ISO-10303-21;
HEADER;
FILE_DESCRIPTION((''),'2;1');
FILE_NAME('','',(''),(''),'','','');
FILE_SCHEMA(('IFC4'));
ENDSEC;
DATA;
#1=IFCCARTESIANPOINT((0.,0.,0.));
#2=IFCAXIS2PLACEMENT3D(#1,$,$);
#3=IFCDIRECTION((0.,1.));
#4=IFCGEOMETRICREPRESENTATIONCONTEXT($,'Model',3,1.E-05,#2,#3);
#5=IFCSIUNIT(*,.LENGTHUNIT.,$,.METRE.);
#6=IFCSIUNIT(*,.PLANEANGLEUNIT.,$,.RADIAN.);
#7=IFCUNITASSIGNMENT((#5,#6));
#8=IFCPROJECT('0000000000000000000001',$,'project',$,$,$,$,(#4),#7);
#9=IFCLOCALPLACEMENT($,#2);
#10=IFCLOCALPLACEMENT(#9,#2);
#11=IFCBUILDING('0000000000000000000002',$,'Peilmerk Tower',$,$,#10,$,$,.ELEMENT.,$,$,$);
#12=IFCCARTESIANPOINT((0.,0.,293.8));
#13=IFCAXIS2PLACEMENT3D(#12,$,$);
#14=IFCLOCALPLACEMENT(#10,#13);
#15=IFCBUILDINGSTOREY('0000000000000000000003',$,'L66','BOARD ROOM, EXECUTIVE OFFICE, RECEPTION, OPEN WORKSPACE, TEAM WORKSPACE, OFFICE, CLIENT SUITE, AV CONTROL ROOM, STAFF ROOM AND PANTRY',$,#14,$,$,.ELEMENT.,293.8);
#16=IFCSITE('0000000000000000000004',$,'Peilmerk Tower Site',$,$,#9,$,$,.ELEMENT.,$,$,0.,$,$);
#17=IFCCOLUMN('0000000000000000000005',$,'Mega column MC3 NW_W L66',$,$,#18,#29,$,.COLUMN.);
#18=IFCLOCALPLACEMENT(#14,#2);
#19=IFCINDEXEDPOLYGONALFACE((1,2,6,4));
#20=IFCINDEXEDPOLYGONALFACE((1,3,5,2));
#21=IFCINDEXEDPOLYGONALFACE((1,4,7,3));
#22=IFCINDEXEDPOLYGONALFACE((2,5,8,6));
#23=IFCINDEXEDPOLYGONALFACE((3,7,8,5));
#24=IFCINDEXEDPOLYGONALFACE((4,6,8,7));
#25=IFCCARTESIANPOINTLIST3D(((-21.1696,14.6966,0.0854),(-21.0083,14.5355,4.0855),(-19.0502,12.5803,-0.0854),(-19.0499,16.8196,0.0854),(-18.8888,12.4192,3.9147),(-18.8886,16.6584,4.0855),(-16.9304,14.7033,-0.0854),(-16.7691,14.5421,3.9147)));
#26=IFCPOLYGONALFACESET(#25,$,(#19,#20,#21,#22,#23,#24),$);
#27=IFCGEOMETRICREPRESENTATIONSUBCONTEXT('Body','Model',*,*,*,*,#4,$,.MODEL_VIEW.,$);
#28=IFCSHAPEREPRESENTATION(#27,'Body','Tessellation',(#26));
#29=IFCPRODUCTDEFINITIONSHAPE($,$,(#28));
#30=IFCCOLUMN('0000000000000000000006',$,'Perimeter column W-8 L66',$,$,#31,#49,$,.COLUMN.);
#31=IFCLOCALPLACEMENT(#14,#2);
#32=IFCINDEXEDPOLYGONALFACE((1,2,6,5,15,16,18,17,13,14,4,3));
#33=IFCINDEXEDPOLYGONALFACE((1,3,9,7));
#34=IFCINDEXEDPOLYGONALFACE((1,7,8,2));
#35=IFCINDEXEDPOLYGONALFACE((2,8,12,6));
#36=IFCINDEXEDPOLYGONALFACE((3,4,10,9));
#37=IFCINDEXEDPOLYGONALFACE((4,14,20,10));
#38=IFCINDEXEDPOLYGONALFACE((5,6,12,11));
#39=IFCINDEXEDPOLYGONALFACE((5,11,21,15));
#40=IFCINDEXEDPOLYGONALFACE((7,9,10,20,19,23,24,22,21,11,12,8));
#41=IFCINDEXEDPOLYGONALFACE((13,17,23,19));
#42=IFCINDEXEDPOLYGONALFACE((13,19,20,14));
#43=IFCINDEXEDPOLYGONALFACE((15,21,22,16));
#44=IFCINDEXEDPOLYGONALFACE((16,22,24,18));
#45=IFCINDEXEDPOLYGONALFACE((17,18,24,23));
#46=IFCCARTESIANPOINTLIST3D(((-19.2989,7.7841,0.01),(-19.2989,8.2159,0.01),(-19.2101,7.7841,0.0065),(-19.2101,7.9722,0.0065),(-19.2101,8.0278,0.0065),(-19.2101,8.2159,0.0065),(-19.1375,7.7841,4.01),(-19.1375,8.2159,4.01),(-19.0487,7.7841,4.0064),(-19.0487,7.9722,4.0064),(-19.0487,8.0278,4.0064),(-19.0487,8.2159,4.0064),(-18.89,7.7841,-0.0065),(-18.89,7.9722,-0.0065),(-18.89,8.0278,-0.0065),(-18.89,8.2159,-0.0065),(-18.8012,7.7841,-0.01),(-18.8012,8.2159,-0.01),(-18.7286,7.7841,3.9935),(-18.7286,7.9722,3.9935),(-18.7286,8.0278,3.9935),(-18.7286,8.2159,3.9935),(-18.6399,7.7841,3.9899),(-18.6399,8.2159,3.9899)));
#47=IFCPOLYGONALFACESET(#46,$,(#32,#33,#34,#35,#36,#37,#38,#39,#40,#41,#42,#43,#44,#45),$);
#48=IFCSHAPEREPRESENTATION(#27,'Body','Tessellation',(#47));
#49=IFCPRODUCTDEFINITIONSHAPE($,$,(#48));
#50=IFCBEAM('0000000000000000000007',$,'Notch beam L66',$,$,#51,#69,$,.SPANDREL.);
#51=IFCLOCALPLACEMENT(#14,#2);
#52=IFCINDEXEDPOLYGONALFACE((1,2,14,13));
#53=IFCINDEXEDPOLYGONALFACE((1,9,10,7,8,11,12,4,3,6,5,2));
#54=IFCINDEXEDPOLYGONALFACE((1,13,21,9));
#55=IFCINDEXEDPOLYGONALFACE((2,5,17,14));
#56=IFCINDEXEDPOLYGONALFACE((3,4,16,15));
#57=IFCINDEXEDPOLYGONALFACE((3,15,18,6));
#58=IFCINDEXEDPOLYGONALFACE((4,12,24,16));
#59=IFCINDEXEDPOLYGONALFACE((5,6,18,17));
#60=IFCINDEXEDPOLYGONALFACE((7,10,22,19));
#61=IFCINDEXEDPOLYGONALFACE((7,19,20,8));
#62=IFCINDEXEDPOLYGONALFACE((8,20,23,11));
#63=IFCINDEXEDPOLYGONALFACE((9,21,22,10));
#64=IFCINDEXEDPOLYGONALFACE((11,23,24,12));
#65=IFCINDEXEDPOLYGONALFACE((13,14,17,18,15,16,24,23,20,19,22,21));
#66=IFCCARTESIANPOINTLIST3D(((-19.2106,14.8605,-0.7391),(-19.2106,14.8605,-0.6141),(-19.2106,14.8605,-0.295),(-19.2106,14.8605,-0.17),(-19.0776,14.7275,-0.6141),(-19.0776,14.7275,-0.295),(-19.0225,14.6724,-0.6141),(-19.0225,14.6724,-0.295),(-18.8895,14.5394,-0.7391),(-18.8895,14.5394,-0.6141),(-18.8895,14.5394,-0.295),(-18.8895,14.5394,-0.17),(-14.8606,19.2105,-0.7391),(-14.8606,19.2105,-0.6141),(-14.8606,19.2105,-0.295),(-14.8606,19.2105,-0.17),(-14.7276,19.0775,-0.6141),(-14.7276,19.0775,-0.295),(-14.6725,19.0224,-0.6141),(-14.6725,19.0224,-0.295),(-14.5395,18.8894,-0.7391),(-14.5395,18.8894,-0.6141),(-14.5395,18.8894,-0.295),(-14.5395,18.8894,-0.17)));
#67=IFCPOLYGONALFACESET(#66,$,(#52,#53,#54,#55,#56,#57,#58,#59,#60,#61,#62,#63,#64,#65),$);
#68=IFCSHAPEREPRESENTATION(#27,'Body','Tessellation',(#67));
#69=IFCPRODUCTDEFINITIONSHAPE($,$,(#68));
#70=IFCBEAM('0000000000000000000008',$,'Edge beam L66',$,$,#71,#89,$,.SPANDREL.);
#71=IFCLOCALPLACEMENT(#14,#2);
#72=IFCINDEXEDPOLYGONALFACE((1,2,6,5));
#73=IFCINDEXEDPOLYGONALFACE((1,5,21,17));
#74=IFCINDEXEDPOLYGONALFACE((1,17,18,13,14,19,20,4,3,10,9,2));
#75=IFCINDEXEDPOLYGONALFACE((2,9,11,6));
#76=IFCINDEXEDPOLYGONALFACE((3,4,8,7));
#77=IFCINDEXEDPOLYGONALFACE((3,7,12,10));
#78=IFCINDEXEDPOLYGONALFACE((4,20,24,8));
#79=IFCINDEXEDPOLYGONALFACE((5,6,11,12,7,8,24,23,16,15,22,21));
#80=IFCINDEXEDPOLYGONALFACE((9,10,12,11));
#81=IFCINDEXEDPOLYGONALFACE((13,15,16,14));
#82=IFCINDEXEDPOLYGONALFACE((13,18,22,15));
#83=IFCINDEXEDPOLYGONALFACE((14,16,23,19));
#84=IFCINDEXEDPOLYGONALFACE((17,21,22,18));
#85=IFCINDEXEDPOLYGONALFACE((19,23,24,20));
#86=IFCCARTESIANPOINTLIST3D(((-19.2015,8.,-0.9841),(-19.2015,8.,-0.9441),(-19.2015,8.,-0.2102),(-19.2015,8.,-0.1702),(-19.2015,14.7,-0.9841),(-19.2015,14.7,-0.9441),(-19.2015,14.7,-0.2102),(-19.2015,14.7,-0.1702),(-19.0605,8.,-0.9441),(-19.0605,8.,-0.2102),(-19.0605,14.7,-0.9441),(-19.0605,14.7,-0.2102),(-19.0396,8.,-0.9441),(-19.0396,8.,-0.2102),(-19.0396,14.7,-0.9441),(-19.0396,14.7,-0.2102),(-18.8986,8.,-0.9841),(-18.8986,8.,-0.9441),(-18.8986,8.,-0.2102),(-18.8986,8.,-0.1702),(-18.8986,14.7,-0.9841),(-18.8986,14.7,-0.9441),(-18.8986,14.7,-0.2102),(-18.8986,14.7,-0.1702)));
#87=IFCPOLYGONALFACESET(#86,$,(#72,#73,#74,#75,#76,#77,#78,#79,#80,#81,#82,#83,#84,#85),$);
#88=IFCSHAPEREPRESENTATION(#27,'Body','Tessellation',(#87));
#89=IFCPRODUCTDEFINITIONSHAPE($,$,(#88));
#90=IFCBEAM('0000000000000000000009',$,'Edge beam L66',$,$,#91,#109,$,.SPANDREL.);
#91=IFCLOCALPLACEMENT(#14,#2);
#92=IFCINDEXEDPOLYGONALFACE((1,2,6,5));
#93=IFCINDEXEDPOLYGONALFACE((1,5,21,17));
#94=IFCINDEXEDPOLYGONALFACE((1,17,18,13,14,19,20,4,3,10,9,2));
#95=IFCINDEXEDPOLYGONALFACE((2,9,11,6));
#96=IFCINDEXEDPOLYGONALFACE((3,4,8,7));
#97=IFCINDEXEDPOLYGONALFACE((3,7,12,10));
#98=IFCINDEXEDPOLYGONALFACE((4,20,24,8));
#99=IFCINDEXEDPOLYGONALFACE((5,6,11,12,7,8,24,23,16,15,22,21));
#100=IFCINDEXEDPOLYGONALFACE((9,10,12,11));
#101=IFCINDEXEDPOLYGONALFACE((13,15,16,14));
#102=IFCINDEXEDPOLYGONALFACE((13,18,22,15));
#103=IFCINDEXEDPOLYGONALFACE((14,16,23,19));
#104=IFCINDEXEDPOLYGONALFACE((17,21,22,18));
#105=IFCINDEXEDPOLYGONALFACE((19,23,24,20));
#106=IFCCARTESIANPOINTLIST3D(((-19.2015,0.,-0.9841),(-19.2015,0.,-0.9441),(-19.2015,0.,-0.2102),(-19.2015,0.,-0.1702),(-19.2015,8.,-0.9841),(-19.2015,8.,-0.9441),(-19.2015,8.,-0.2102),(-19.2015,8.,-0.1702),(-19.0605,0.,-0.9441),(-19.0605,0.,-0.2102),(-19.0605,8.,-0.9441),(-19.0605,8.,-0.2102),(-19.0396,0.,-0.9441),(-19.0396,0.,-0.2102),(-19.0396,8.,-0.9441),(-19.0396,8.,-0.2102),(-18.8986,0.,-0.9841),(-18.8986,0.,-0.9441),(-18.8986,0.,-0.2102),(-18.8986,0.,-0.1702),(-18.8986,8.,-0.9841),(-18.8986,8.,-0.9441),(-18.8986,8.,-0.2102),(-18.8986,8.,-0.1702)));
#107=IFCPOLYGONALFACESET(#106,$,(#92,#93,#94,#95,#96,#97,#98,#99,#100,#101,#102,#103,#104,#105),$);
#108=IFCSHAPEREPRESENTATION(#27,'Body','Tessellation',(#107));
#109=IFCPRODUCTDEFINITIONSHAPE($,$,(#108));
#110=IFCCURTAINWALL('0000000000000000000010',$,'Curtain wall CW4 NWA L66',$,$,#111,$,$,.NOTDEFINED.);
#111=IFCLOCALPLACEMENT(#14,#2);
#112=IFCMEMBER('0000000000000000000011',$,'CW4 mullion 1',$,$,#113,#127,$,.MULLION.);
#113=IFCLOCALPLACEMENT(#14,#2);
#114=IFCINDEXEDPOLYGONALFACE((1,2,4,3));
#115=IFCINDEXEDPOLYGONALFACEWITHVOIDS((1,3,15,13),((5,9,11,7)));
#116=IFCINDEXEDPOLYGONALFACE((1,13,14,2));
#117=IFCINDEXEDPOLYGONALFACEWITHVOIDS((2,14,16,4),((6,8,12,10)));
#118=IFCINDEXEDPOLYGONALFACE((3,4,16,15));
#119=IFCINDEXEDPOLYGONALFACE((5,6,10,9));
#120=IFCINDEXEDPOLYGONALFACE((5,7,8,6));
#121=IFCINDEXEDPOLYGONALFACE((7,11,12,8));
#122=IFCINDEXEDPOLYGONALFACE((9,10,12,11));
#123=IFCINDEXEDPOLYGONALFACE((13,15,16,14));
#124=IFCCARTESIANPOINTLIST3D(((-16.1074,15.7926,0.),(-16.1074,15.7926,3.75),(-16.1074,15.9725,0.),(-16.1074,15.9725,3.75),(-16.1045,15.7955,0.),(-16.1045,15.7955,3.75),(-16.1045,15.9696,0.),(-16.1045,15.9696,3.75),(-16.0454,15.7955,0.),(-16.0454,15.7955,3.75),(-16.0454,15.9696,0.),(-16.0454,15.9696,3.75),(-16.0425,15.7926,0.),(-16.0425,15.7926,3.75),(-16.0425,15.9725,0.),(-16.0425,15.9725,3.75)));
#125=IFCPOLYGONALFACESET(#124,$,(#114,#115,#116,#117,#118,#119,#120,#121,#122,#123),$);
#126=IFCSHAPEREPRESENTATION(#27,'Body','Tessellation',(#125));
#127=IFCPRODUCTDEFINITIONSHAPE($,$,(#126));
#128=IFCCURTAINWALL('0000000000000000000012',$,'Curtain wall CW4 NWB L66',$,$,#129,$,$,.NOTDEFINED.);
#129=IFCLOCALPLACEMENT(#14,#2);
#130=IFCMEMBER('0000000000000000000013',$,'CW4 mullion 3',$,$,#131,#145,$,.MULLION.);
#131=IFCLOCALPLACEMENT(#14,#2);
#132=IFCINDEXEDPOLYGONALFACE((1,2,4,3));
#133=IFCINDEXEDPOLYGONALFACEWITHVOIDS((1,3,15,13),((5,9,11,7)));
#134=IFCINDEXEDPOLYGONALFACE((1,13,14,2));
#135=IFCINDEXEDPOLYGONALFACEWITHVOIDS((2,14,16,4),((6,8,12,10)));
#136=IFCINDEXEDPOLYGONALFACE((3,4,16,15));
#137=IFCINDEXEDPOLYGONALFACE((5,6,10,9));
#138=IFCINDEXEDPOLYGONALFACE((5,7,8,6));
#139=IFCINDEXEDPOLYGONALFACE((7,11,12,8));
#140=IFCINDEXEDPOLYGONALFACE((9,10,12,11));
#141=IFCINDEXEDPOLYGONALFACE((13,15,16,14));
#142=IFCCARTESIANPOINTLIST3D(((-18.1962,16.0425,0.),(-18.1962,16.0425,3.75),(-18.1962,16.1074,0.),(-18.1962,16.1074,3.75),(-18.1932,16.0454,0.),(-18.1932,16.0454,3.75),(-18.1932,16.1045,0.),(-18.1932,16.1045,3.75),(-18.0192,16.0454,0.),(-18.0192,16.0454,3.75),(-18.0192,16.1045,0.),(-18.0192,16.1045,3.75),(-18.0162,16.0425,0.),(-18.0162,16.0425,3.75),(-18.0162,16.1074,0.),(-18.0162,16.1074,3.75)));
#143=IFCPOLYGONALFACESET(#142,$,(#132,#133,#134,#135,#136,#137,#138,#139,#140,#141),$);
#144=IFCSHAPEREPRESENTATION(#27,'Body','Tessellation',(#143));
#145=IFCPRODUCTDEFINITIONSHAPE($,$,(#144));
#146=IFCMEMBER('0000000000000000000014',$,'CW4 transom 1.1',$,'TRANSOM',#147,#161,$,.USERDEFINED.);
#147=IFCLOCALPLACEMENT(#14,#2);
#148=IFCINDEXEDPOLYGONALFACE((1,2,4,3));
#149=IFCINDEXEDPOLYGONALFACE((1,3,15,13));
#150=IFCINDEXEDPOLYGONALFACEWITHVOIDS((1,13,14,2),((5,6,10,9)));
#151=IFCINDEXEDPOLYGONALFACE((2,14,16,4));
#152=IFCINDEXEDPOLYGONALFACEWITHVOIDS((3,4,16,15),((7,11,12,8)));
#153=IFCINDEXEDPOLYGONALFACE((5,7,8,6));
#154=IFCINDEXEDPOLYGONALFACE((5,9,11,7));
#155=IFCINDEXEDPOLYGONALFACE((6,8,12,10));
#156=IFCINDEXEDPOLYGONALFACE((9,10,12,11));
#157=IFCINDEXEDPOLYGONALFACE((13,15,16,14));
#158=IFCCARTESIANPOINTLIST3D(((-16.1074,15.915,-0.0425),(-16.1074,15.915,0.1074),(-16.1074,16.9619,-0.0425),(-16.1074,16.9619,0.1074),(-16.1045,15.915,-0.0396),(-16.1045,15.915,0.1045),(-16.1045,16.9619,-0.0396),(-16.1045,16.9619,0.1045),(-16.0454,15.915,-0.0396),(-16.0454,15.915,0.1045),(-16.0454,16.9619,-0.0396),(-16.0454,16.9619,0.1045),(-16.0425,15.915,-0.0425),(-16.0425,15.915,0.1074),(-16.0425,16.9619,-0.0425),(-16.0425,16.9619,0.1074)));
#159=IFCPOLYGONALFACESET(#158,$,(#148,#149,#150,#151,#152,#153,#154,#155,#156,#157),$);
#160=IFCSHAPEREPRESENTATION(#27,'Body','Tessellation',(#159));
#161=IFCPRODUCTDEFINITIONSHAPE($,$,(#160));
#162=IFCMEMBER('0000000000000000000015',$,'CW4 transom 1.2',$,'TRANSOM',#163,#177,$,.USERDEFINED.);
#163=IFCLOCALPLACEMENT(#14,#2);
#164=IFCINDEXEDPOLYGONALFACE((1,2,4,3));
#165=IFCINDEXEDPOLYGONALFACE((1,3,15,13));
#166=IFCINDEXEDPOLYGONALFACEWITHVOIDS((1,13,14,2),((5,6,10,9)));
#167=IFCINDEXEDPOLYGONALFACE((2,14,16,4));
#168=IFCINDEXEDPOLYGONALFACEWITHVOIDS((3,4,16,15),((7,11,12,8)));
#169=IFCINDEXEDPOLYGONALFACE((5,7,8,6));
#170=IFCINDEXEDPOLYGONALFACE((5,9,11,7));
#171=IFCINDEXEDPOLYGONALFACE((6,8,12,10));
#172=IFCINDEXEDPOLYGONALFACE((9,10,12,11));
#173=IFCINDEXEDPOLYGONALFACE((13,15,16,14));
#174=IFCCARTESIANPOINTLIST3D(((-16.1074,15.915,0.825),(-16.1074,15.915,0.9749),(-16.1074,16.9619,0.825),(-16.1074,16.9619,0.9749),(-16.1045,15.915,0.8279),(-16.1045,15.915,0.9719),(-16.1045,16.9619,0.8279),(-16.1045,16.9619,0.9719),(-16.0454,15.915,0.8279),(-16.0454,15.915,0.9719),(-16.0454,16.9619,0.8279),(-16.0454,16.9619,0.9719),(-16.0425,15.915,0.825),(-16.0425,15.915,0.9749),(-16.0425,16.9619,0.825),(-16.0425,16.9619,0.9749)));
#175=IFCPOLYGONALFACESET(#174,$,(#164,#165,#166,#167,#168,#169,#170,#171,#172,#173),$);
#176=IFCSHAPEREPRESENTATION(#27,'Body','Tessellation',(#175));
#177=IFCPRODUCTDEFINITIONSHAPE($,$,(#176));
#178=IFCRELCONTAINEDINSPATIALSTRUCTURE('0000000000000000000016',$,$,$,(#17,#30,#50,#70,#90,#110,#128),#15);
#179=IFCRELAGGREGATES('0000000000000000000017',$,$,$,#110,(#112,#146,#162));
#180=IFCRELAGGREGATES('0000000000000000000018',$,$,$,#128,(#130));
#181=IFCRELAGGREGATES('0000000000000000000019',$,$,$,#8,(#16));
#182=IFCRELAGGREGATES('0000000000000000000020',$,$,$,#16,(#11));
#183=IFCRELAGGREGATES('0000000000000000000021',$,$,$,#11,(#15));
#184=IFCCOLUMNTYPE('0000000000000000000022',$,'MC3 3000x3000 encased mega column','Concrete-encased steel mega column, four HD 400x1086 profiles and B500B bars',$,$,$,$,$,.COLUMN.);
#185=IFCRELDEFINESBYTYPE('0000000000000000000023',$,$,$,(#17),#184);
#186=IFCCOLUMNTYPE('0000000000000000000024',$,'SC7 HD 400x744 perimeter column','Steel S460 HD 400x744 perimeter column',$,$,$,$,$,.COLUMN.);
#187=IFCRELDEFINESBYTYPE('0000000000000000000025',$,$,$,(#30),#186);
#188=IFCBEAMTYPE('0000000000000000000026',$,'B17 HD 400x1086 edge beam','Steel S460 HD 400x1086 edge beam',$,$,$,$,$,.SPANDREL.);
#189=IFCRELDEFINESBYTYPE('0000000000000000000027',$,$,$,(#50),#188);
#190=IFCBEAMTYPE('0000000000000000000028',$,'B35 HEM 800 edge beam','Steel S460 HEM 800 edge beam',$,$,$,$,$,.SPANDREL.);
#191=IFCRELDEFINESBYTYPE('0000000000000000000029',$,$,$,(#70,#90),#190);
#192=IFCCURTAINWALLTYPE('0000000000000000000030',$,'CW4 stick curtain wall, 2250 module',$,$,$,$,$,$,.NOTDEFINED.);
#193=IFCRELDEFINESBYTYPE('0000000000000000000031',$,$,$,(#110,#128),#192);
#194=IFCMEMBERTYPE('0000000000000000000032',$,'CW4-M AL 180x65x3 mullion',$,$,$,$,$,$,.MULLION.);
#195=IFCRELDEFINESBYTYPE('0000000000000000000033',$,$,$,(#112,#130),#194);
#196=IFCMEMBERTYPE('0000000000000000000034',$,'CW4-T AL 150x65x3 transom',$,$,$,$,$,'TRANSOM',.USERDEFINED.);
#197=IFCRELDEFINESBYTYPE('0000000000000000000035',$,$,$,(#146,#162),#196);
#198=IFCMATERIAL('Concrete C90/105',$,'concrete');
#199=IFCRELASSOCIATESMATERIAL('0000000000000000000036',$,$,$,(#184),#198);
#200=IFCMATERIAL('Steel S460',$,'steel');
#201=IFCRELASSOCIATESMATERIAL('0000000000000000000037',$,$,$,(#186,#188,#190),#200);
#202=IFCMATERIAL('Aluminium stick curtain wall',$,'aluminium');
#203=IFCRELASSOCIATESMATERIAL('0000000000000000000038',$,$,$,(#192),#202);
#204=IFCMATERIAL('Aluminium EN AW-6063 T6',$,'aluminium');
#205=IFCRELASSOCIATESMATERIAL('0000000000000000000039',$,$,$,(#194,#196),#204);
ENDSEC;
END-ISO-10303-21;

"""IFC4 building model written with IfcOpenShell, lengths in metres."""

from ifc_helpers import new_model, si_unit, direction, frame, origin, origin_2d, place, context, subcontext, project, spatial, rectangle, hollow_rectangle, i_section, extrude, material, material_profile, profile_set, type_object, element, aggregate, save


model = new_model("IFC4")

# Units and contexts
model_context = context("Model", 3, precision=1e-05, world=origin(), true_north=direction((0.0, 1.0)))
body_context = subcontext(model_context, "Body", "Model", "MODEL_VIEW")
ifc_project = project(units=[si_unit("LENGTHUNIT", "METRE"), si_unit("PLANEANGLEUNIT", "RADIAN")], contexts=[model_context])

# Site, building, storey
site_placement = place(None, origin())
site = spatial("IfcSite", under=ifc_project, at=site_placement, Name="Peilmerk Tower Site", CompositionType="ELEMENT", RefElevation=0.0)
building_placement = place(site_placement, origin())
building = spatial("IfcBuilding", under=site, at=building_placement, Name="Peilmerk Tower", CompositionType="ELEMENT")
storey_placement = place(building_placement, frame((0.0, 0.0, 293.8)))
storey = spatial("IfcBuildingStorey", under=building, at=storey_placement, Name="L66", Description="BOARD ROOM, EXECUTIVE OFFICE, RECEPTION, OPEN WORKSPACE, TEAM WORKSPACE, OFFICE, CLIENT SUITE, AV CONTROL ROOM, STAFF ROOM AND PANTRY", CompositionType="ELEMENT", Elevation=293.8)

# Columns
ifc_material_1 = material(Name="Concrete C90/105", Category="concrete")
ifc_material_profile_1 = material_profile(ifc_material_1, rectangle(XDim=3.0, YDim=3.0, at=origin_2d()), Name="RC 3000x3000")
ifc_profile_set_1 = profile_set([ifc_material_profile_1], Name="Concrete C90/105")
column_type_1 = type_object("IfcColumnType", Name="MC3 3000x3000 encased mega column", Description="Concrete-encased steel mega column, four HD 400x1086 profiles and B500B bars", PredefinedType="COLUMN", material=ifc_profile_set_1)
column_1_placement = place(storey_placement, frame((-19.05, 14.7, 0.0), z_axis=(0.040279, -0.040218, 0.998379), x_axis=(0.706571, 0.707642, 0.0)))
element("IfcColumn", 1, at=column_1_placement, inside=storey, type_object=column_type_1, Name="Mega column MC3 NW_W L66", PredefinedType="COLUMN", context=body_context, shape_type="SweptSolid", body=[
    extrude(rectangle(XDim=3.0, YDim=3.0, at=origin_2d()), origin(), (0.0, 0.0, 1.0), 4.0066),
])
ifc_material_2 = material(Name="Steel S460", Category="steel")
ifc_material_profile_2 = material_profile(ifc_material_2, i_section(OverallWidth=0.4319, OverallDepth=0.498, WebThickness=0.0557, FlangeThickness=0.0889, at=origin_2d()), Name="HD 400x744")
ifc_profile_set_2 = profile_set([ifc_material_profile_2], Name="Steel S460")
column_type_2 = type_object("IfcColumnType", Name="SC7 HD 400x744 perimeter column", Description="Steel S460 HD 400x744 perimeter column", PredefinedType="COLUMN", material=ifc_profile_set_2)
column_2_placement = place(storey_placement, frame((-19.05, 8.0, 0.0), z_axis=(0.040311, 0.0, 0.999187), x_axis=(0.0, 1.0, 0.0)))
element("IfcColumn", 2, at=column_2_placement, inside=storey, type_object=column_type_2, Name="Perimeter column W-8 L66", PredefinedType="COLUMN", context=body_context, shape_type="SweptSolid", body=[
    extrude(i_section(OverallWidth=0.4319, OverallDepth=0.498, WebThickness=0.0557, FlangeThickness=0.0889, at=origin_2d()), origin(), (0.0, 0.0, 1.0), 4.0032),
])

# Beams
ifc_material_profile_3 = material_profile(ifc_material_2, i_section(OverallWidth=0.4541, OverallDepth=0.5691, WebThickness=0.0779, FlangeThickness=0.125, at=origin_2d()), Name="HD 400x1086")
ifc_profile_set_3 = profile_set([ifc_material_profile_3], Name="Steel S460")
beam_type_1 = type_object("IfcBeamType", Name="B17 HD 400x1086 edge beam", Description="Steel S460 HD 400x1086 edge beam", PredefinedType="SPANDREL", material=ifc_profile_set_3)
beam_1_placement = place(storey_placement, frame((-19.05, 14.7, -0.4546), z_axis=(0.707107, 0.707107, 0.0), x_axis=(-0.707107, 0.707107, 0.0)))
element("IfcBeam", 3, at=beam_1_placement, inside=storey, type_object=beam_type_1, Name="Notch beam L66", PredefinedType="SPANDREL", context=body_context, shape_type="SweptSolid", body=[
    extrude(i_section(OverallWidth=0.4541, OverallDepth=0.5691, WebThickness=0.0779, FlangeThickness=0.125, at=origin_2d()), origin(), (0.0, 0.0, 1.0), 6.1519),
])
ifc_material_profile_4 = material_profile(ifc_material_2, i_section(OverallWidth=0.303, OverallDepth=0.814, WebThickness=0.021, FlangeThickness=0.04, at=origin_2d()), Name="HEM 800")
ifc_profile_set_4 = profile_set([ifc_material_profile_4], Name="Steel S460")
beam_type_2 = type_object("IfcBeamType", Name="B35 HEM 800 edge beam", Description="Steel S460 HEM 800 edge beam", PredefinedType="SPANDREL", material=ifc_profile_set_4)
beam_2_placement = place(storey_placement, frame((-19.05, 14.7, -0.5771), z_axis=(0.0, -1.0, 0.0), x_axis=(1.0, 0.0, 0.0)))
element("IfcBeam", 4, at=beam_2_placement, inside=storey, type_object=beam_type_2, Name="Edge beam L66", PredefinedType="SPANDREL", context=body_context, shape_type="SweptSolid", body=[
    extrude(i_section(OverallWidth=0.303, OverallDepth=0.814, WebThickness=0.021, FlangeThickness=0.04, at=origin_2d()), origin(), (0.0, 0.0, 1.0), 6.7),
])
beam_3_placement = place(storey_placement, frame((-19.05, 8.0, -0.5771), z_axis=(0.0, -1.0, 0.0), x_axis=(1.0, 0.0, 0.0)))
element("IfcBeam", 5, at=beam_3_placement, inside=storey, type_object=beam_type_2, Name="Edge beam L66", PredefinedType="SPANDREL", context=body_context, shape_type="SweptSolid", body=[
    extrude(i_section(OverallWidth=0.303, OverallDepth=0.814, WebThickness=0.021, FlangeThickness=0.04, at=origin_2d()), origin(), (0.0, 0.0, 1.0), 8.0),
])

# Curtain walls, members
ifc_material_3 = material(Name="Aluminium stick curtain wall", Category="aluminium")
curtain_wall_type = type_object("IfcCurtainWallType", Name="CW4 stick curtain wall, 2250 module", PredefinedType="NOTDEFINED", material=ifc_material_3)
curtain_wall_1_placement = place(storey_placement, origin())
curtain_wall_1 = element("IfcCurtainWall", 6, at=curtain_wall_1_placement, inside=storey, type_object=curtain_wall_type, Name="Curtain wall CW4 NWA L66", PredefinedType="NOTDEFINED")
ifc_material_4 = material(Name="Aluminium EN AW-6063 T6", Category="aluminium")
ifc_material_profile_5 = material_profile(ifc_material_4, hollow_rectangle(XDim=0.0649, YDim=0.1799, WallThickness=0.0029, at=origin_2d()), Name="AL 180x65x3")
ifc_profile_set_5 = profile_set([ifc_material_profile_5], Name="Aluminium EN AW-6063 T6")
member_type_1 = type_object("IfcMemberType", Name="CW4-M AL 180x65x3 mullion", PredefinedType="MULLION", material=ifc_profile_set_5)
member_1_placement = place(storey_placement, frame((-16.075, 15.8826, 0.0), z_axis=(0.0, 0.0, 1.0), x_axis=(-1.0, 0.0, 0.0)))
member_1 = element("IfcMember", 7, at=member_1_placement, type_object=member_type_1, Name="CW4 mullion 1", PredefinedType="MULLION", context=body_context, shape_type="SweptSolid", body=[
    extrude(hollow_rectangle(XDim=0.0649, YDim=0.1799, WallThickness=0.0029, at=origin_2d()), origin(), (0.0, 0.0, 1.0), 3.75),
])
curtain_wall_2_placement = place(storey_placement, origin())
curtain_wall_2 = element("IfcCurtainWall", 8, at=curtain_wall_2_placement, inside=storey, type_object=curtain_wall_type, Name="Curtain wall CW4 NWB L66", PredefinedType="NOTDEFINED")
member_2_placement = place(storey_placement, frame((-18.1062, 16.075, 0.0), z_axis=(0.0, 0.0, 1.0), x_axis=(0.0, -1.0, 0.0)))
member_2 = element("IfcMember", 9, at=member_2_placement, type_object=member_type_1, Name="CW4 mullion 3", PredefinedType="MULLION", context=body_context, shape_type="SweptSolid", body=[
    extrude(hollow_rectangle(XDim=0.0649, YDim=0.1799, WallThickness=0.0029, at=origin_2d()), origin(), (0.0, 0.0, 1.0), 3.75),
])

# Members
ifc_material_profile_6 = material_profile(ifc_material_4, hollow_rectangle(XDim=0.0649, YDim=0.1499, WallThickness=0.0029, at=origin_2d()), Name="AL 150x65x3")
ifc_profile_set_6 = profile_set([ifc_material_profile_6], Name="Aluminium EN AW-6063 T6")
member_type_2 = type_object("IfcMemberType", Name="CW4-T AL 150x65x3 transom", ElementType="TRANSOM", PredefinedType="USERDEFINED", material=ifc_profile_set_6)
member_3_placement = place(storey_placement, frame((-16.075, 15.915, 0.0325), z_axis=(0.0, 1.0, 0.0), x_axis=(-1.0, 0.0, 0.0)))
member_3 = element("IfcMember", 10, at=member_3_placement, type_object=member_type_2, Name="CW4 transom 1.1", ObjectType="TRANSOM", PredefinedType="USERDEFINED", context=body_context, shape_type="SweptSolid", body=[
    extrude(hollow_rectangle(XDim=0.0649, YDim=0.1499, WallThickness=0.0029, at=origin_2d()), origin(), (0.0, 0.0, 1.0), 1.0469),
])
member_4_placement = place(storey_placement, frame((-16.075, 15.915, 0.8999), z_axis=(0.0, 1.0, 0.0), x_axis=(-1.0, 0.0, 0.0)))
member_4 = element("IfcMember", 11, at=member_4_placement, type_object=member_type_2, Name="CW4 transom 1.2", ObjectType="TRANSOM", PredefinedType="USERDEFINED", context=body_context, shape_type="SweptSolid", body=[
    extrude(hollow_rectangle(XDim=0.0649, YDim=0.1499, WallThickness=0.0029, at=origin_2d()), origin(), (0.0, 0.0, 1.0), 1.0469),
])
aggregate(curtain_wall_1, [member_1, member_3, member_4])

aggregate(curtain_wall_2, [member_2])

save(model, "model.ifc")
